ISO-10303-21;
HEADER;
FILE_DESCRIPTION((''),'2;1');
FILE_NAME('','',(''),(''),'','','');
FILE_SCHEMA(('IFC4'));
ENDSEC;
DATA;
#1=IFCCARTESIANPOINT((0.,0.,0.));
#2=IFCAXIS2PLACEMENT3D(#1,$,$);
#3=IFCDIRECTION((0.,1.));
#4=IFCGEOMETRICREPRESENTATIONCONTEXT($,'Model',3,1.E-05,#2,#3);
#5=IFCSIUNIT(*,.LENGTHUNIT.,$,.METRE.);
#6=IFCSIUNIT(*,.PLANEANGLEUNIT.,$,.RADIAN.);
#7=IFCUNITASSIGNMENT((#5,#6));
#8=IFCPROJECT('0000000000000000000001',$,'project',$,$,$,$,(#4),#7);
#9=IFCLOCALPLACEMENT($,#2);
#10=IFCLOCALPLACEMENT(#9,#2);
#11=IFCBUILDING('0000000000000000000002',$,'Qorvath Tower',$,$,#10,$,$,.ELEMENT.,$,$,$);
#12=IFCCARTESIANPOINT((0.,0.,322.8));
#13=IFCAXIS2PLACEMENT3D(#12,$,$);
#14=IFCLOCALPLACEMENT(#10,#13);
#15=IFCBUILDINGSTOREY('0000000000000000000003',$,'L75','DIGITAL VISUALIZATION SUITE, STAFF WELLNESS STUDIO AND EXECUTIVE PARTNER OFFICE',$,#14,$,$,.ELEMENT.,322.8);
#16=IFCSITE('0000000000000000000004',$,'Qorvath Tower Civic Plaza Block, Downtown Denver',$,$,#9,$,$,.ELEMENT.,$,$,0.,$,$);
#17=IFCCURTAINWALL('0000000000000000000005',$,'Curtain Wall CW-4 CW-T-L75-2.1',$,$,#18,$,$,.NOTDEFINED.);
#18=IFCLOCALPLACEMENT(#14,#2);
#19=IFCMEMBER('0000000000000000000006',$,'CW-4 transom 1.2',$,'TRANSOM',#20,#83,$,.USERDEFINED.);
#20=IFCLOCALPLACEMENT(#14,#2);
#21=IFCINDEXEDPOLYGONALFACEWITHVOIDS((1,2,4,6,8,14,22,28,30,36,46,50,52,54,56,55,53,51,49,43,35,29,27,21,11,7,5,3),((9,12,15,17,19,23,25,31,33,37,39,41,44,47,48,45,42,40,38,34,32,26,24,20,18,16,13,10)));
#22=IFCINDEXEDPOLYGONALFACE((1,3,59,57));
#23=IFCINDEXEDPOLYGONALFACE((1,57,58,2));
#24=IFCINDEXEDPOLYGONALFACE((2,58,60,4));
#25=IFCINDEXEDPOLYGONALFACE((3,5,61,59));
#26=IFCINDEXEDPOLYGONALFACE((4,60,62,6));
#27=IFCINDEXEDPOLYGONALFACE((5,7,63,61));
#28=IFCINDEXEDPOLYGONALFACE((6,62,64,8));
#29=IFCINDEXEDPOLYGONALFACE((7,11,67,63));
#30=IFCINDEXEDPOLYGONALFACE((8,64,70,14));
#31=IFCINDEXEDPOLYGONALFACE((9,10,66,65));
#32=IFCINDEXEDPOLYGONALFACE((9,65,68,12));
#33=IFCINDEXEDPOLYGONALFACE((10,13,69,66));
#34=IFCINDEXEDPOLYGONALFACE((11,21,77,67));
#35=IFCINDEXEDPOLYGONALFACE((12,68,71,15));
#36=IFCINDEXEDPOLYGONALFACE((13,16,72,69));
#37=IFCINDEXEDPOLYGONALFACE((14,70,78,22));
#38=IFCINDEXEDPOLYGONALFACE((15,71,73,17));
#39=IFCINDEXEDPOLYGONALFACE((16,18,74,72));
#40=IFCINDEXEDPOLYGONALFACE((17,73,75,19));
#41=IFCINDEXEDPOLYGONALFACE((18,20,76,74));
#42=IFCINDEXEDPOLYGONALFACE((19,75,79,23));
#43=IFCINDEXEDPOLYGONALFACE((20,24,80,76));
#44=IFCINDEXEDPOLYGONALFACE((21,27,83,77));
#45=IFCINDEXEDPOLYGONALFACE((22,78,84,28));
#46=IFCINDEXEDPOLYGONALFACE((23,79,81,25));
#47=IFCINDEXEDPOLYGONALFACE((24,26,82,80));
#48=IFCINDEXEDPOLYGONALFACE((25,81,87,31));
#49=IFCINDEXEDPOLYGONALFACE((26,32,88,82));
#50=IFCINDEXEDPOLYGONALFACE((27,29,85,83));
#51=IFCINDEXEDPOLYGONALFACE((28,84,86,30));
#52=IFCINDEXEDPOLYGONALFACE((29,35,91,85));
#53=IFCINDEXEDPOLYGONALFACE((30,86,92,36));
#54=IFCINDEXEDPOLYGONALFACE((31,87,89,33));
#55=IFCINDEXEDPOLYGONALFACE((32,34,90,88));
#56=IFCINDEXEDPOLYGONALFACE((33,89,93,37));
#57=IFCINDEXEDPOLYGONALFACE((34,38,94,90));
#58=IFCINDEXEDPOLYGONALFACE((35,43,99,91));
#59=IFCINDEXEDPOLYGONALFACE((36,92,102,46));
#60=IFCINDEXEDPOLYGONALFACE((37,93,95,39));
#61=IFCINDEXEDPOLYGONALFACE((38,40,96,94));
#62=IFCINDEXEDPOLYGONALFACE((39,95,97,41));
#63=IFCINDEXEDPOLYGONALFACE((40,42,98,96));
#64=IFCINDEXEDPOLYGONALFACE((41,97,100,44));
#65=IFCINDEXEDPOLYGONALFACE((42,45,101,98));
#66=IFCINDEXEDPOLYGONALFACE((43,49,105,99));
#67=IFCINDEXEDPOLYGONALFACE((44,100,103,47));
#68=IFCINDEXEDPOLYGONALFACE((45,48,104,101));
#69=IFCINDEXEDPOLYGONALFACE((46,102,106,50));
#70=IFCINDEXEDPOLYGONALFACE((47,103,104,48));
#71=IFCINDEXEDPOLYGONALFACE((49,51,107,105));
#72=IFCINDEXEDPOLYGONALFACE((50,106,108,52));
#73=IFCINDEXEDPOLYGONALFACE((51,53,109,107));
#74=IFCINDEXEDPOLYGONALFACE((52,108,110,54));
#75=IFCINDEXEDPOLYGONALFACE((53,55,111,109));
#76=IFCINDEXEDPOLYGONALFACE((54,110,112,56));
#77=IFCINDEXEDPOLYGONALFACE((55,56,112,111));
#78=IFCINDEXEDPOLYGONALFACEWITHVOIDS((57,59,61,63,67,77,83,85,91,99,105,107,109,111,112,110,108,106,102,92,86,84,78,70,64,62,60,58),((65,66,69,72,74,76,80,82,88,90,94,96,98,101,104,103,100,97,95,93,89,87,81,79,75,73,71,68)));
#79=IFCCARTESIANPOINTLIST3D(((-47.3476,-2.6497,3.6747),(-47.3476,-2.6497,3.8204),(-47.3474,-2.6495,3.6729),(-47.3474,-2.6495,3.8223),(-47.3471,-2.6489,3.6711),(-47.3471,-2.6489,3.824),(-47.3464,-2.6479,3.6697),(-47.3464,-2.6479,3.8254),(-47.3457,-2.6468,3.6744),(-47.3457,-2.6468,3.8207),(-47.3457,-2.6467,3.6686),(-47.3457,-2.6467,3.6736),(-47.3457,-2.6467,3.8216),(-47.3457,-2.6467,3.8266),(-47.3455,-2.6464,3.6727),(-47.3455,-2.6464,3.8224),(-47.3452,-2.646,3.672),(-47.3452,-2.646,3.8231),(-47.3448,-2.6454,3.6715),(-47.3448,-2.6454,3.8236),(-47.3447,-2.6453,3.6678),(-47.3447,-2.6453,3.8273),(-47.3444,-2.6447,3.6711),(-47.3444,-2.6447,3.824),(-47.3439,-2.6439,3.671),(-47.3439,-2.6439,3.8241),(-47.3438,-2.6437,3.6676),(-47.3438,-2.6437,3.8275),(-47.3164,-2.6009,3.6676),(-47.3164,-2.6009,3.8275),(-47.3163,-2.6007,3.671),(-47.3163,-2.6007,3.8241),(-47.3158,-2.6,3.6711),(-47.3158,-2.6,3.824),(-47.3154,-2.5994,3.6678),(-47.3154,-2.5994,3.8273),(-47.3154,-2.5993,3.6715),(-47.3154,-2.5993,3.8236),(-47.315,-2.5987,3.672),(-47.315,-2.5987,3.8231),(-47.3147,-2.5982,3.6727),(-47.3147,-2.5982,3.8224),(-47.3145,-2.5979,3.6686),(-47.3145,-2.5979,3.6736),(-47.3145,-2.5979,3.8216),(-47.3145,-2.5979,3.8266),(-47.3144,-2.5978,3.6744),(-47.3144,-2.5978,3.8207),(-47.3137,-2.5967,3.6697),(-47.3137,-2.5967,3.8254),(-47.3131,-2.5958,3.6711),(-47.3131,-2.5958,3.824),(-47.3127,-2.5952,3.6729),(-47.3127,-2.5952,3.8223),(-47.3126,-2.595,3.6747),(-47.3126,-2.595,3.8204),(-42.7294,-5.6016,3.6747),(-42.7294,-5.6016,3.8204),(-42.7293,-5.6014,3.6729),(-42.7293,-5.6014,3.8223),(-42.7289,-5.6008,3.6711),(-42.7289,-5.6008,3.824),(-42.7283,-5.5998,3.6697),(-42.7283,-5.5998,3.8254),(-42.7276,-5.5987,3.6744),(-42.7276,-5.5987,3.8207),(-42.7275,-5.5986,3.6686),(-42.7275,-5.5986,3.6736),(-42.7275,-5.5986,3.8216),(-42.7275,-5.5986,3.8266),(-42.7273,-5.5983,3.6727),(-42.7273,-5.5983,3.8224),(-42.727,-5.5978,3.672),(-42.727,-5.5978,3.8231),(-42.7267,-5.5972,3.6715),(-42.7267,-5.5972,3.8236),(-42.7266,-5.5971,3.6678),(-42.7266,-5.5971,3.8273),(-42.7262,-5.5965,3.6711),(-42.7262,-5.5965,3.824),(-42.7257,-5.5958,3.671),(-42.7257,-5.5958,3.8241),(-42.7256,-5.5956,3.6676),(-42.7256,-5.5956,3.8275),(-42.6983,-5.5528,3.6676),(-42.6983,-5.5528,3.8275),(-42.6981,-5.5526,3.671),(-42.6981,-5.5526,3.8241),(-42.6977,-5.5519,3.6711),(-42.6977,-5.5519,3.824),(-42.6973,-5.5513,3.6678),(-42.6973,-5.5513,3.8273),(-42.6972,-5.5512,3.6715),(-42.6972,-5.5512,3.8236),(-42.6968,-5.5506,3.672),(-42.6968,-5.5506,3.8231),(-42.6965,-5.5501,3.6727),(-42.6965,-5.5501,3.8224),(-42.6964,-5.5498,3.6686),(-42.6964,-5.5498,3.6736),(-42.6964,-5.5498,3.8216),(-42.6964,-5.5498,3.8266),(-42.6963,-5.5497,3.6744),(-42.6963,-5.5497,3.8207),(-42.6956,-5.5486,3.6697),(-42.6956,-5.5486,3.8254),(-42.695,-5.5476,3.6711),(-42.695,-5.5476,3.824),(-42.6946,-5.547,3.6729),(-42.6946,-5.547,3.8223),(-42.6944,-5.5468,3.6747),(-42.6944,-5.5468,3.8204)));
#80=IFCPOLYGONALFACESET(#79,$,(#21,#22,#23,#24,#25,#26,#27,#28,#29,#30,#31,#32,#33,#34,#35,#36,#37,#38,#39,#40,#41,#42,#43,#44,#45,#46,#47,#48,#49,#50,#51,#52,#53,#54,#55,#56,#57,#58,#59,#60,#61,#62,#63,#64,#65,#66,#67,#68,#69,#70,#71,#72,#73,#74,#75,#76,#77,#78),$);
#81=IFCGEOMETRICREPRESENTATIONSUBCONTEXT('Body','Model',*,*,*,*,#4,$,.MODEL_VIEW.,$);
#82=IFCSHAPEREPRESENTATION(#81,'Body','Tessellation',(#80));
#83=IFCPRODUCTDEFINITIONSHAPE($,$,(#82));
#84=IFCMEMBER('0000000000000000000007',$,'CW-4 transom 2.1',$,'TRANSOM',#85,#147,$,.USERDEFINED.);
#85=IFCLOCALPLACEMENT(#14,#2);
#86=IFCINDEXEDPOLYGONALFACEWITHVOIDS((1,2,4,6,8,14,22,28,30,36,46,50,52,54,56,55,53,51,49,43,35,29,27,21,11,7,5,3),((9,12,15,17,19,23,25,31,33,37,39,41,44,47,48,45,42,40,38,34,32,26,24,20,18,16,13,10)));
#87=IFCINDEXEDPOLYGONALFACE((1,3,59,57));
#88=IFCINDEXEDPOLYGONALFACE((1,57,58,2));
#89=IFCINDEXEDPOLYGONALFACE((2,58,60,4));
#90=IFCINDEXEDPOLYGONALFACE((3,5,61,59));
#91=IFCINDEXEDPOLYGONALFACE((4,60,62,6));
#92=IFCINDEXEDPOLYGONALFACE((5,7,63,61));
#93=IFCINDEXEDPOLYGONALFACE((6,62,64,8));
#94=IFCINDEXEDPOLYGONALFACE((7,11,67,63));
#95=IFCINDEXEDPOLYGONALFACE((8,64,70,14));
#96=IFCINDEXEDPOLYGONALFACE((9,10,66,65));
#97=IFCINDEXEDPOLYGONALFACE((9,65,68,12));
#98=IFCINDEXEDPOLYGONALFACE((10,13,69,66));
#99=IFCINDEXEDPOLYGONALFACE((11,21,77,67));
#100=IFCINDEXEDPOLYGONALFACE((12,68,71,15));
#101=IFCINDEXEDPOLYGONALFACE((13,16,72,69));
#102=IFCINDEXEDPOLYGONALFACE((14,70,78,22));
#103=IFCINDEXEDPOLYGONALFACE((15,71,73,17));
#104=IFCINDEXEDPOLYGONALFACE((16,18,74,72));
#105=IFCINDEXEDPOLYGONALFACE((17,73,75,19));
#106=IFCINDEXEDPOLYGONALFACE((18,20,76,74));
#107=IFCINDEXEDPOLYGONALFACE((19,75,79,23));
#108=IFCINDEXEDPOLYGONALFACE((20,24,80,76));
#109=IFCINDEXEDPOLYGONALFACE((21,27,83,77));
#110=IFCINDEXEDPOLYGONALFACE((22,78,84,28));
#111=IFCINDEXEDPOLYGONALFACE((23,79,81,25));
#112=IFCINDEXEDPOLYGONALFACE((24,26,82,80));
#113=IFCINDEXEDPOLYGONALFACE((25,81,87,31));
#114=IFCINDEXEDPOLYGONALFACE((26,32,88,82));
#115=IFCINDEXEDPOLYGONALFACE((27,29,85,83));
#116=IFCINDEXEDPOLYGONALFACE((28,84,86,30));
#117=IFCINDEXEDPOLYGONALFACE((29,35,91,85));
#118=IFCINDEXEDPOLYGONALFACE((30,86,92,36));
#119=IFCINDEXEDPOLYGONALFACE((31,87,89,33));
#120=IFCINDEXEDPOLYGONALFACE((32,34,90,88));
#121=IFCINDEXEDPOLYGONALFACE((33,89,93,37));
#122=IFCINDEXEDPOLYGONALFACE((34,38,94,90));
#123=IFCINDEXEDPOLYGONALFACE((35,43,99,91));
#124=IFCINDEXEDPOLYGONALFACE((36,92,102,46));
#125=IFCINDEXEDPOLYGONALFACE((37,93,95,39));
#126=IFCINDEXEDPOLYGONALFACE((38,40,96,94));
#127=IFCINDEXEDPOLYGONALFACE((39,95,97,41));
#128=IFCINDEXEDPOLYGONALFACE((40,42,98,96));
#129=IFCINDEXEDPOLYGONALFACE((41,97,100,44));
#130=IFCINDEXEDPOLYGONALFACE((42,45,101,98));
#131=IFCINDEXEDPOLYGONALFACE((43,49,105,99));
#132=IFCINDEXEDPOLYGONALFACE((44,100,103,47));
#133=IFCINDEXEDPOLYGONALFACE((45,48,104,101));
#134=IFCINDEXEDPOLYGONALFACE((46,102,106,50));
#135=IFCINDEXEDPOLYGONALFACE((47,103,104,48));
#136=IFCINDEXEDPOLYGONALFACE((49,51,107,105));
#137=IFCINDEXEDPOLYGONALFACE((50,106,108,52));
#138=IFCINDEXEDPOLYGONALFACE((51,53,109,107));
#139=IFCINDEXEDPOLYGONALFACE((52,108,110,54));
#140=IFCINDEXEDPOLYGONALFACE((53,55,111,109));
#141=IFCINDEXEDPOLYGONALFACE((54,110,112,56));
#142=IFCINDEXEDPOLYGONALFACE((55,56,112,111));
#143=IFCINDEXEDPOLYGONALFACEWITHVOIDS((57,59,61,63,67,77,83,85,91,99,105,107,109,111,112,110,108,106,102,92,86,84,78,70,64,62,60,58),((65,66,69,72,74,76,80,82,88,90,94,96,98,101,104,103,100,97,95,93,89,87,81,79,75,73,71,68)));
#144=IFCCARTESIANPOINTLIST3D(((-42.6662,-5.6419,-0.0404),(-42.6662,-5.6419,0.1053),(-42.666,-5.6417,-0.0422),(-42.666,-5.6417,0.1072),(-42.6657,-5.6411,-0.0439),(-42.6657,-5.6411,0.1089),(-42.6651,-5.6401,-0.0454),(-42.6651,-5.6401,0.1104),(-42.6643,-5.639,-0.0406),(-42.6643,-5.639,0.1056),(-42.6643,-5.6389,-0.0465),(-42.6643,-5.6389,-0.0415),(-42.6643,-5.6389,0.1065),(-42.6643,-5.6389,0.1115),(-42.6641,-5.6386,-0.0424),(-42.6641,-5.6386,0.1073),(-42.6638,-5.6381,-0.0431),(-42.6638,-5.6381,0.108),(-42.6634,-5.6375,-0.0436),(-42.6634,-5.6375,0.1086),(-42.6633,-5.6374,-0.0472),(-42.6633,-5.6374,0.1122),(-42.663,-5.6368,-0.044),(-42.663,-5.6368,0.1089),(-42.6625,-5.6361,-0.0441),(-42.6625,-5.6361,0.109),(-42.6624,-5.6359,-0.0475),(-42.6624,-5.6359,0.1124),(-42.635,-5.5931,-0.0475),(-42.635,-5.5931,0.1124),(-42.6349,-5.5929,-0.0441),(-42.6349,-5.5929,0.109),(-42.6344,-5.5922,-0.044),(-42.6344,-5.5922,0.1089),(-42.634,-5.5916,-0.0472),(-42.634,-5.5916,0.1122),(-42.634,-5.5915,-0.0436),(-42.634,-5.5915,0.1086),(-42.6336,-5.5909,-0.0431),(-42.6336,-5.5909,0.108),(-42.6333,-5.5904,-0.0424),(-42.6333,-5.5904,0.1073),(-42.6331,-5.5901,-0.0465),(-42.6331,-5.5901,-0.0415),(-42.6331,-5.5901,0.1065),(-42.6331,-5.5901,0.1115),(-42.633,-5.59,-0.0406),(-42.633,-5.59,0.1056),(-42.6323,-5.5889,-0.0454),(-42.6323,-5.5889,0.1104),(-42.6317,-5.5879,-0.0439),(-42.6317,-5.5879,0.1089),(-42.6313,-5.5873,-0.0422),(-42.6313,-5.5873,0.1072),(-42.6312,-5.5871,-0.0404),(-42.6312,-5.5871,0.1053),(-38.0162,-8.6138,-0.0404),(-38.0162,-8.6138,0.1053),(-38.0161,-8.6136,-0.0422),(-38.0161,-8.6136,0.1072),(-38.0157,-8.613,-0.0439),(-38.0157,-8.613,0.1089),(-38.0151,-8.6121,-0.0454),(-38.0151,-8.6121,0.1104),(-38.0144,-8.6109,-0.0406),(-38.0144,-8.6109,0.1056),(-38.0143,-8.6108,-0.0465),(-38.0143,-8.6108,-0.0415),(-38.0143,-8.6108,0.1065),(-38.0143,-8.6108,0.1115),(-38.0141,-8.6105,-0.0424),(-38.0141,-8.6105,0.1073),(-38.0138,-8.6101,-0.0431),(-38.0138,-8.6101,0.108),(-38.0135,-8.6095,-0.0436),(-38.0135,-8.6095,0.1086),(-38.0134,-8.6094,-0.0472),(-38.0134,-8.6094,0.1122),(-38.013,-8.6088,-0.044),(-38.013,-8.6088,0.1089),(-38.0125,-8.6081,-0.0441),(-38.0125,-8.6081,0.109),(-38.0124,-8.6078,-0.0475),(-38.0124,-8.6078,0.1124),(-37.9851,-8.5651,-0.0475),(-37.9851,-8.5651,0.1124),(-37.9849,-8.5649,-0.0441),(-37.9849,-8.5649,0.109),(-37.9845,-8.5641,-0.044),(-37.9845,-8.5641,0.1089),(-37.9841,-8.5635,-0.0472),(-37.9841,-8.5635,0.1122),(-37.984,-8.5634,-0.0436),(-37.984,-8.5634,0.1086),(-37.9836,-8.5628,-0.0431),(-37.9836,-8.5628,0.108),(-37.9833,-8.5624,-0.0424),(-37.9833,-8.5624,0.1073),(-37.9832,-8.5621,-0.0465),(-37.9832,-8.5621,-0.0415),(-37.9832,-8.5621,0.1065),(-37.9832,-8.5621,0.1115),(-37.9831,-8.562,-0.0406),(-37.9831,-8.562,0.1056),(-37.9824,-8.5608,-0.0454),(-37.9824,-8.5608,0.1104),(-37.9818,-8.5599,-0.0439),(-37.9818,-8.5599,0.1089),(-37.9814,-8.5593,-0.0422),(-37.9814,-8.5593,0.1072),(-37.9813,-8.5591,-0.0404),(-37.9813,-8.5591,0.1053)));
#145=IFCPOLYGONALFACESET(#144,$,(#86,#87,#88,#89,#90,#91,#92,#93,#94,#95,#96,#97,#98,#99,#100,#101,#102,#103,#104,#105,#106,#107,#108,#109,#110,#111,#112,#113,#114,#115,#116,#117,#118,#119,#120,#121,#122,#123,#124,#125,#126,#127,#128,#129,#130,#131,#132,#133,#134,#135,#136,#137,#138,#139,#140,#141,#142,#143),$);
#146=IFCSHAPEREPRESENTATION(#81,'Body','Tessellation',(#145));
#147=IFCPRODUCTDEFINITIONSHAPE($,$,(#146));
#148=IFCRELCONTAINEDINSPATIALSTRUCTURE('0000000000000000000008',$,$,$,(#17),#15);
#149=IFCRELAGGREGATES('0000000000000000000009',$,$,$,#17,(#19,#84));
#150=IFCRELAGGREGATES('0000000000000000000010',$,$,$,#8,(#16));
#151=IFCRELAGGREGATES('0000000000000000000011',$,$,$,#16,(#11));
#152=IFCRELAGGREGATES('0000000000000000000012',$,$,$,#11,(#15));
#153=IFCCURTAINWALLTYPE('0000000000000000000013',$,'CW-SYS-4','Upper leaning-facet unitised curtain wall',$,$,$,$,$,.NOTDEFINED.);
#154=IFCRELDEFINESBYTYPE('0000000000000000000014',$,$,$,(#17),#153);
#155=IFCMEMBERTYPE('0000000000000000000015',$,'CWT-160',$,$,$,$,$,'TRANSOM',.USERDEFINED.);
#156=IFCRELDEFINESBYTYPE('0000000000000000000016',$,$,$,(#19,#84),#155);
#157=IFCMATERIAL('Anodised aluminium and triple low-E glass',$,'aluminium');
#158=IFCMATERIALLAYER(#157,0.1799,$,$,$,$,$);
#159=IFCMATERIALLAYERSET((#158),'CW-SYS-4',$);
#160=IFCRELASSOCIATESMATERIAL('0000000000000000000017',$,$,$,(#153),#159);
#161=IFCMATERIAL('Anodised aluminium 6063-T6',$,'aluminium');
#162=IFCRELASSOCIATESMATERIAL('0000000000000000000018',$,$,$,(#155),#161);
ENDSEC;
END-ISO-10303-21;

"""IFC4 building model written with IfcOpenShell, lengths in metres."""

from ifc_helpers import new_model, si_unit, direction, frame, origin, origin_2d, place, context, subcontext, project, spatial, hollow_rectangle, extrude, material, layer, layer_set, material_profile, profile_set, type_object, element, aggregate, save


model = new_model("IFC4")

# Units and contexts
model_context = context("Model", 3, precision=1e-05, world=origin(), true_north=direction((0.0, 1.0)))
body_context = subcontext(model_context, "Body", "Model", "MODEL_VIEW")
ifc_project = project(units=[si_unit("LENGTHUNIT", "METRE"), si_unit("PLANEANGLEUNIT", "RADIAN")], contexts=[model_context])

# Site, building, storey
site_placement = place(None, origin())
site = spatial("IfcSite", under=ifc_project, at=site_placement, Name="Qorvath Tower Civic Plaza Block, Downtown Denver", CompositionType="ELEMENT", RefElevation=0.0)
building_placement = place(site_placement, origin())
building = spatial("IfcBuilding", under=site, at=building_placement, Name="Qorvath Tower", CompositionType="ELEMENT")
storey_placement = place(building_placement, frame((0.0, 0.0, 322.8)))
storey = spatial("IfcBuildingStorey", under=building, at=storey_placement, Name="L75", Description="DIGITAL VISUALIZATION SUITE, STAFF WELLNESS STUDIO AND EXECUTIVE PARTNER OFFICE", CompositionType="ELEMENT", Elevation=322.8)

# Curtain wall, members
ifc_material_1 = material(Name="Anodised aluminium and triple low-E glass", Category="aluminium")
ifc_layer_1 = layer(ifc_material_1, 0.1799)
ifc_layer_set_1 = layer_set([ifc_layer_1], Name="CW-SYS-4")
curtain_wall_type = type_object("IfcCurtainWallType", Name="CW-SYS-4", Description="Upper leaning-facet unitised curtain wall", PredefinedType="NOTDEFINED", material=ifc_layer_set_1)
curtain_wall_placement = place(storey_placement, origin())
curtain_wall = element("IfcCurtainWall", 1, at=curtain_wall_placement, inside=storey, type_object=curtain_wall_type, Name="Curtain Wall CW-4 CW-T-L75-2.1", PredefinedType="NOTDEFINED")
ifc_material_2 = material(Name="Anodised aluminium 6063-T6", Category="aluminium")
ifc_material_profile_1 = material_profile(ifc_material_2, hollow_rectangle(XDim=0.0649, YDim=0.1599, WallThickness=0.0034, InnerFilletRadius=0.0034, OuterFilletRadius=0.0071, at=origin_2d()), Name="CWT 160x65")
ifc_profile_set_1 = profile_set([ifc_material_profile_1], Name="Anodised aluminium 6063-T6")
member_type_1 = type_object("IfcMemberType", Name="CWT-160", ElementType="TRANSOM", PredefinedType="USERDEFINED", material=ifc_profile_set_1)
member_1_placement = place(storey_placement, frame((-47.3301, -2.6223, 3.7476), z_axis=(0.842579, -0.538572, 0.0), x_axis=(0.538572, 0.842579, 0.0)))
member_1 = element("IfcMember", 2, at=member_1_placement, type_object=member_type_1, Name="CW-4 transom 1.2", ObjectType="TRANSOM", PredefinedType="USERDEFINED", context=body_context, shape_type="SweptSolid", body=[
    extrude(hollow_rectangle(XDim=0.0649, YDim=0.1599, WallThickness=0.0034, InnerFilletRadius=0.0034, OuterFilletRadius=0.0071, at=origin_2d()), origin(), (0.0, 0.0, 1.0), 5.481),
])
member_2_placement = place(storey_placement, frame((-42.6487, -5.6145, 0.0325), z_axis=(0.842601, -0.538538, 0.0), x_axis=(0.538538, 0.842601, 0.0)))
member_2 = element("IfcMember", 3, at=member_2_placement, type_object=member_type_1, Name="CW-4 transom 2.1", ObjectType="TRANSOM", PredefinedType="USERDEFINED", context=body_context, shape_type="SweptSolid", body=[
    extrude(hollow_rectangle(XDim=0.0649, YDim=0.1599, WallThickness=0.0034, InnerFilletRadius=0.0034, OuterFilletRadius=0.0071, at=origin_2d()), origin(), (0.0, 0.0, 1.0), 5.5186),
])
aggregate(curtain_wall, [member_1, member_2])

save(model, "model.ifc")
